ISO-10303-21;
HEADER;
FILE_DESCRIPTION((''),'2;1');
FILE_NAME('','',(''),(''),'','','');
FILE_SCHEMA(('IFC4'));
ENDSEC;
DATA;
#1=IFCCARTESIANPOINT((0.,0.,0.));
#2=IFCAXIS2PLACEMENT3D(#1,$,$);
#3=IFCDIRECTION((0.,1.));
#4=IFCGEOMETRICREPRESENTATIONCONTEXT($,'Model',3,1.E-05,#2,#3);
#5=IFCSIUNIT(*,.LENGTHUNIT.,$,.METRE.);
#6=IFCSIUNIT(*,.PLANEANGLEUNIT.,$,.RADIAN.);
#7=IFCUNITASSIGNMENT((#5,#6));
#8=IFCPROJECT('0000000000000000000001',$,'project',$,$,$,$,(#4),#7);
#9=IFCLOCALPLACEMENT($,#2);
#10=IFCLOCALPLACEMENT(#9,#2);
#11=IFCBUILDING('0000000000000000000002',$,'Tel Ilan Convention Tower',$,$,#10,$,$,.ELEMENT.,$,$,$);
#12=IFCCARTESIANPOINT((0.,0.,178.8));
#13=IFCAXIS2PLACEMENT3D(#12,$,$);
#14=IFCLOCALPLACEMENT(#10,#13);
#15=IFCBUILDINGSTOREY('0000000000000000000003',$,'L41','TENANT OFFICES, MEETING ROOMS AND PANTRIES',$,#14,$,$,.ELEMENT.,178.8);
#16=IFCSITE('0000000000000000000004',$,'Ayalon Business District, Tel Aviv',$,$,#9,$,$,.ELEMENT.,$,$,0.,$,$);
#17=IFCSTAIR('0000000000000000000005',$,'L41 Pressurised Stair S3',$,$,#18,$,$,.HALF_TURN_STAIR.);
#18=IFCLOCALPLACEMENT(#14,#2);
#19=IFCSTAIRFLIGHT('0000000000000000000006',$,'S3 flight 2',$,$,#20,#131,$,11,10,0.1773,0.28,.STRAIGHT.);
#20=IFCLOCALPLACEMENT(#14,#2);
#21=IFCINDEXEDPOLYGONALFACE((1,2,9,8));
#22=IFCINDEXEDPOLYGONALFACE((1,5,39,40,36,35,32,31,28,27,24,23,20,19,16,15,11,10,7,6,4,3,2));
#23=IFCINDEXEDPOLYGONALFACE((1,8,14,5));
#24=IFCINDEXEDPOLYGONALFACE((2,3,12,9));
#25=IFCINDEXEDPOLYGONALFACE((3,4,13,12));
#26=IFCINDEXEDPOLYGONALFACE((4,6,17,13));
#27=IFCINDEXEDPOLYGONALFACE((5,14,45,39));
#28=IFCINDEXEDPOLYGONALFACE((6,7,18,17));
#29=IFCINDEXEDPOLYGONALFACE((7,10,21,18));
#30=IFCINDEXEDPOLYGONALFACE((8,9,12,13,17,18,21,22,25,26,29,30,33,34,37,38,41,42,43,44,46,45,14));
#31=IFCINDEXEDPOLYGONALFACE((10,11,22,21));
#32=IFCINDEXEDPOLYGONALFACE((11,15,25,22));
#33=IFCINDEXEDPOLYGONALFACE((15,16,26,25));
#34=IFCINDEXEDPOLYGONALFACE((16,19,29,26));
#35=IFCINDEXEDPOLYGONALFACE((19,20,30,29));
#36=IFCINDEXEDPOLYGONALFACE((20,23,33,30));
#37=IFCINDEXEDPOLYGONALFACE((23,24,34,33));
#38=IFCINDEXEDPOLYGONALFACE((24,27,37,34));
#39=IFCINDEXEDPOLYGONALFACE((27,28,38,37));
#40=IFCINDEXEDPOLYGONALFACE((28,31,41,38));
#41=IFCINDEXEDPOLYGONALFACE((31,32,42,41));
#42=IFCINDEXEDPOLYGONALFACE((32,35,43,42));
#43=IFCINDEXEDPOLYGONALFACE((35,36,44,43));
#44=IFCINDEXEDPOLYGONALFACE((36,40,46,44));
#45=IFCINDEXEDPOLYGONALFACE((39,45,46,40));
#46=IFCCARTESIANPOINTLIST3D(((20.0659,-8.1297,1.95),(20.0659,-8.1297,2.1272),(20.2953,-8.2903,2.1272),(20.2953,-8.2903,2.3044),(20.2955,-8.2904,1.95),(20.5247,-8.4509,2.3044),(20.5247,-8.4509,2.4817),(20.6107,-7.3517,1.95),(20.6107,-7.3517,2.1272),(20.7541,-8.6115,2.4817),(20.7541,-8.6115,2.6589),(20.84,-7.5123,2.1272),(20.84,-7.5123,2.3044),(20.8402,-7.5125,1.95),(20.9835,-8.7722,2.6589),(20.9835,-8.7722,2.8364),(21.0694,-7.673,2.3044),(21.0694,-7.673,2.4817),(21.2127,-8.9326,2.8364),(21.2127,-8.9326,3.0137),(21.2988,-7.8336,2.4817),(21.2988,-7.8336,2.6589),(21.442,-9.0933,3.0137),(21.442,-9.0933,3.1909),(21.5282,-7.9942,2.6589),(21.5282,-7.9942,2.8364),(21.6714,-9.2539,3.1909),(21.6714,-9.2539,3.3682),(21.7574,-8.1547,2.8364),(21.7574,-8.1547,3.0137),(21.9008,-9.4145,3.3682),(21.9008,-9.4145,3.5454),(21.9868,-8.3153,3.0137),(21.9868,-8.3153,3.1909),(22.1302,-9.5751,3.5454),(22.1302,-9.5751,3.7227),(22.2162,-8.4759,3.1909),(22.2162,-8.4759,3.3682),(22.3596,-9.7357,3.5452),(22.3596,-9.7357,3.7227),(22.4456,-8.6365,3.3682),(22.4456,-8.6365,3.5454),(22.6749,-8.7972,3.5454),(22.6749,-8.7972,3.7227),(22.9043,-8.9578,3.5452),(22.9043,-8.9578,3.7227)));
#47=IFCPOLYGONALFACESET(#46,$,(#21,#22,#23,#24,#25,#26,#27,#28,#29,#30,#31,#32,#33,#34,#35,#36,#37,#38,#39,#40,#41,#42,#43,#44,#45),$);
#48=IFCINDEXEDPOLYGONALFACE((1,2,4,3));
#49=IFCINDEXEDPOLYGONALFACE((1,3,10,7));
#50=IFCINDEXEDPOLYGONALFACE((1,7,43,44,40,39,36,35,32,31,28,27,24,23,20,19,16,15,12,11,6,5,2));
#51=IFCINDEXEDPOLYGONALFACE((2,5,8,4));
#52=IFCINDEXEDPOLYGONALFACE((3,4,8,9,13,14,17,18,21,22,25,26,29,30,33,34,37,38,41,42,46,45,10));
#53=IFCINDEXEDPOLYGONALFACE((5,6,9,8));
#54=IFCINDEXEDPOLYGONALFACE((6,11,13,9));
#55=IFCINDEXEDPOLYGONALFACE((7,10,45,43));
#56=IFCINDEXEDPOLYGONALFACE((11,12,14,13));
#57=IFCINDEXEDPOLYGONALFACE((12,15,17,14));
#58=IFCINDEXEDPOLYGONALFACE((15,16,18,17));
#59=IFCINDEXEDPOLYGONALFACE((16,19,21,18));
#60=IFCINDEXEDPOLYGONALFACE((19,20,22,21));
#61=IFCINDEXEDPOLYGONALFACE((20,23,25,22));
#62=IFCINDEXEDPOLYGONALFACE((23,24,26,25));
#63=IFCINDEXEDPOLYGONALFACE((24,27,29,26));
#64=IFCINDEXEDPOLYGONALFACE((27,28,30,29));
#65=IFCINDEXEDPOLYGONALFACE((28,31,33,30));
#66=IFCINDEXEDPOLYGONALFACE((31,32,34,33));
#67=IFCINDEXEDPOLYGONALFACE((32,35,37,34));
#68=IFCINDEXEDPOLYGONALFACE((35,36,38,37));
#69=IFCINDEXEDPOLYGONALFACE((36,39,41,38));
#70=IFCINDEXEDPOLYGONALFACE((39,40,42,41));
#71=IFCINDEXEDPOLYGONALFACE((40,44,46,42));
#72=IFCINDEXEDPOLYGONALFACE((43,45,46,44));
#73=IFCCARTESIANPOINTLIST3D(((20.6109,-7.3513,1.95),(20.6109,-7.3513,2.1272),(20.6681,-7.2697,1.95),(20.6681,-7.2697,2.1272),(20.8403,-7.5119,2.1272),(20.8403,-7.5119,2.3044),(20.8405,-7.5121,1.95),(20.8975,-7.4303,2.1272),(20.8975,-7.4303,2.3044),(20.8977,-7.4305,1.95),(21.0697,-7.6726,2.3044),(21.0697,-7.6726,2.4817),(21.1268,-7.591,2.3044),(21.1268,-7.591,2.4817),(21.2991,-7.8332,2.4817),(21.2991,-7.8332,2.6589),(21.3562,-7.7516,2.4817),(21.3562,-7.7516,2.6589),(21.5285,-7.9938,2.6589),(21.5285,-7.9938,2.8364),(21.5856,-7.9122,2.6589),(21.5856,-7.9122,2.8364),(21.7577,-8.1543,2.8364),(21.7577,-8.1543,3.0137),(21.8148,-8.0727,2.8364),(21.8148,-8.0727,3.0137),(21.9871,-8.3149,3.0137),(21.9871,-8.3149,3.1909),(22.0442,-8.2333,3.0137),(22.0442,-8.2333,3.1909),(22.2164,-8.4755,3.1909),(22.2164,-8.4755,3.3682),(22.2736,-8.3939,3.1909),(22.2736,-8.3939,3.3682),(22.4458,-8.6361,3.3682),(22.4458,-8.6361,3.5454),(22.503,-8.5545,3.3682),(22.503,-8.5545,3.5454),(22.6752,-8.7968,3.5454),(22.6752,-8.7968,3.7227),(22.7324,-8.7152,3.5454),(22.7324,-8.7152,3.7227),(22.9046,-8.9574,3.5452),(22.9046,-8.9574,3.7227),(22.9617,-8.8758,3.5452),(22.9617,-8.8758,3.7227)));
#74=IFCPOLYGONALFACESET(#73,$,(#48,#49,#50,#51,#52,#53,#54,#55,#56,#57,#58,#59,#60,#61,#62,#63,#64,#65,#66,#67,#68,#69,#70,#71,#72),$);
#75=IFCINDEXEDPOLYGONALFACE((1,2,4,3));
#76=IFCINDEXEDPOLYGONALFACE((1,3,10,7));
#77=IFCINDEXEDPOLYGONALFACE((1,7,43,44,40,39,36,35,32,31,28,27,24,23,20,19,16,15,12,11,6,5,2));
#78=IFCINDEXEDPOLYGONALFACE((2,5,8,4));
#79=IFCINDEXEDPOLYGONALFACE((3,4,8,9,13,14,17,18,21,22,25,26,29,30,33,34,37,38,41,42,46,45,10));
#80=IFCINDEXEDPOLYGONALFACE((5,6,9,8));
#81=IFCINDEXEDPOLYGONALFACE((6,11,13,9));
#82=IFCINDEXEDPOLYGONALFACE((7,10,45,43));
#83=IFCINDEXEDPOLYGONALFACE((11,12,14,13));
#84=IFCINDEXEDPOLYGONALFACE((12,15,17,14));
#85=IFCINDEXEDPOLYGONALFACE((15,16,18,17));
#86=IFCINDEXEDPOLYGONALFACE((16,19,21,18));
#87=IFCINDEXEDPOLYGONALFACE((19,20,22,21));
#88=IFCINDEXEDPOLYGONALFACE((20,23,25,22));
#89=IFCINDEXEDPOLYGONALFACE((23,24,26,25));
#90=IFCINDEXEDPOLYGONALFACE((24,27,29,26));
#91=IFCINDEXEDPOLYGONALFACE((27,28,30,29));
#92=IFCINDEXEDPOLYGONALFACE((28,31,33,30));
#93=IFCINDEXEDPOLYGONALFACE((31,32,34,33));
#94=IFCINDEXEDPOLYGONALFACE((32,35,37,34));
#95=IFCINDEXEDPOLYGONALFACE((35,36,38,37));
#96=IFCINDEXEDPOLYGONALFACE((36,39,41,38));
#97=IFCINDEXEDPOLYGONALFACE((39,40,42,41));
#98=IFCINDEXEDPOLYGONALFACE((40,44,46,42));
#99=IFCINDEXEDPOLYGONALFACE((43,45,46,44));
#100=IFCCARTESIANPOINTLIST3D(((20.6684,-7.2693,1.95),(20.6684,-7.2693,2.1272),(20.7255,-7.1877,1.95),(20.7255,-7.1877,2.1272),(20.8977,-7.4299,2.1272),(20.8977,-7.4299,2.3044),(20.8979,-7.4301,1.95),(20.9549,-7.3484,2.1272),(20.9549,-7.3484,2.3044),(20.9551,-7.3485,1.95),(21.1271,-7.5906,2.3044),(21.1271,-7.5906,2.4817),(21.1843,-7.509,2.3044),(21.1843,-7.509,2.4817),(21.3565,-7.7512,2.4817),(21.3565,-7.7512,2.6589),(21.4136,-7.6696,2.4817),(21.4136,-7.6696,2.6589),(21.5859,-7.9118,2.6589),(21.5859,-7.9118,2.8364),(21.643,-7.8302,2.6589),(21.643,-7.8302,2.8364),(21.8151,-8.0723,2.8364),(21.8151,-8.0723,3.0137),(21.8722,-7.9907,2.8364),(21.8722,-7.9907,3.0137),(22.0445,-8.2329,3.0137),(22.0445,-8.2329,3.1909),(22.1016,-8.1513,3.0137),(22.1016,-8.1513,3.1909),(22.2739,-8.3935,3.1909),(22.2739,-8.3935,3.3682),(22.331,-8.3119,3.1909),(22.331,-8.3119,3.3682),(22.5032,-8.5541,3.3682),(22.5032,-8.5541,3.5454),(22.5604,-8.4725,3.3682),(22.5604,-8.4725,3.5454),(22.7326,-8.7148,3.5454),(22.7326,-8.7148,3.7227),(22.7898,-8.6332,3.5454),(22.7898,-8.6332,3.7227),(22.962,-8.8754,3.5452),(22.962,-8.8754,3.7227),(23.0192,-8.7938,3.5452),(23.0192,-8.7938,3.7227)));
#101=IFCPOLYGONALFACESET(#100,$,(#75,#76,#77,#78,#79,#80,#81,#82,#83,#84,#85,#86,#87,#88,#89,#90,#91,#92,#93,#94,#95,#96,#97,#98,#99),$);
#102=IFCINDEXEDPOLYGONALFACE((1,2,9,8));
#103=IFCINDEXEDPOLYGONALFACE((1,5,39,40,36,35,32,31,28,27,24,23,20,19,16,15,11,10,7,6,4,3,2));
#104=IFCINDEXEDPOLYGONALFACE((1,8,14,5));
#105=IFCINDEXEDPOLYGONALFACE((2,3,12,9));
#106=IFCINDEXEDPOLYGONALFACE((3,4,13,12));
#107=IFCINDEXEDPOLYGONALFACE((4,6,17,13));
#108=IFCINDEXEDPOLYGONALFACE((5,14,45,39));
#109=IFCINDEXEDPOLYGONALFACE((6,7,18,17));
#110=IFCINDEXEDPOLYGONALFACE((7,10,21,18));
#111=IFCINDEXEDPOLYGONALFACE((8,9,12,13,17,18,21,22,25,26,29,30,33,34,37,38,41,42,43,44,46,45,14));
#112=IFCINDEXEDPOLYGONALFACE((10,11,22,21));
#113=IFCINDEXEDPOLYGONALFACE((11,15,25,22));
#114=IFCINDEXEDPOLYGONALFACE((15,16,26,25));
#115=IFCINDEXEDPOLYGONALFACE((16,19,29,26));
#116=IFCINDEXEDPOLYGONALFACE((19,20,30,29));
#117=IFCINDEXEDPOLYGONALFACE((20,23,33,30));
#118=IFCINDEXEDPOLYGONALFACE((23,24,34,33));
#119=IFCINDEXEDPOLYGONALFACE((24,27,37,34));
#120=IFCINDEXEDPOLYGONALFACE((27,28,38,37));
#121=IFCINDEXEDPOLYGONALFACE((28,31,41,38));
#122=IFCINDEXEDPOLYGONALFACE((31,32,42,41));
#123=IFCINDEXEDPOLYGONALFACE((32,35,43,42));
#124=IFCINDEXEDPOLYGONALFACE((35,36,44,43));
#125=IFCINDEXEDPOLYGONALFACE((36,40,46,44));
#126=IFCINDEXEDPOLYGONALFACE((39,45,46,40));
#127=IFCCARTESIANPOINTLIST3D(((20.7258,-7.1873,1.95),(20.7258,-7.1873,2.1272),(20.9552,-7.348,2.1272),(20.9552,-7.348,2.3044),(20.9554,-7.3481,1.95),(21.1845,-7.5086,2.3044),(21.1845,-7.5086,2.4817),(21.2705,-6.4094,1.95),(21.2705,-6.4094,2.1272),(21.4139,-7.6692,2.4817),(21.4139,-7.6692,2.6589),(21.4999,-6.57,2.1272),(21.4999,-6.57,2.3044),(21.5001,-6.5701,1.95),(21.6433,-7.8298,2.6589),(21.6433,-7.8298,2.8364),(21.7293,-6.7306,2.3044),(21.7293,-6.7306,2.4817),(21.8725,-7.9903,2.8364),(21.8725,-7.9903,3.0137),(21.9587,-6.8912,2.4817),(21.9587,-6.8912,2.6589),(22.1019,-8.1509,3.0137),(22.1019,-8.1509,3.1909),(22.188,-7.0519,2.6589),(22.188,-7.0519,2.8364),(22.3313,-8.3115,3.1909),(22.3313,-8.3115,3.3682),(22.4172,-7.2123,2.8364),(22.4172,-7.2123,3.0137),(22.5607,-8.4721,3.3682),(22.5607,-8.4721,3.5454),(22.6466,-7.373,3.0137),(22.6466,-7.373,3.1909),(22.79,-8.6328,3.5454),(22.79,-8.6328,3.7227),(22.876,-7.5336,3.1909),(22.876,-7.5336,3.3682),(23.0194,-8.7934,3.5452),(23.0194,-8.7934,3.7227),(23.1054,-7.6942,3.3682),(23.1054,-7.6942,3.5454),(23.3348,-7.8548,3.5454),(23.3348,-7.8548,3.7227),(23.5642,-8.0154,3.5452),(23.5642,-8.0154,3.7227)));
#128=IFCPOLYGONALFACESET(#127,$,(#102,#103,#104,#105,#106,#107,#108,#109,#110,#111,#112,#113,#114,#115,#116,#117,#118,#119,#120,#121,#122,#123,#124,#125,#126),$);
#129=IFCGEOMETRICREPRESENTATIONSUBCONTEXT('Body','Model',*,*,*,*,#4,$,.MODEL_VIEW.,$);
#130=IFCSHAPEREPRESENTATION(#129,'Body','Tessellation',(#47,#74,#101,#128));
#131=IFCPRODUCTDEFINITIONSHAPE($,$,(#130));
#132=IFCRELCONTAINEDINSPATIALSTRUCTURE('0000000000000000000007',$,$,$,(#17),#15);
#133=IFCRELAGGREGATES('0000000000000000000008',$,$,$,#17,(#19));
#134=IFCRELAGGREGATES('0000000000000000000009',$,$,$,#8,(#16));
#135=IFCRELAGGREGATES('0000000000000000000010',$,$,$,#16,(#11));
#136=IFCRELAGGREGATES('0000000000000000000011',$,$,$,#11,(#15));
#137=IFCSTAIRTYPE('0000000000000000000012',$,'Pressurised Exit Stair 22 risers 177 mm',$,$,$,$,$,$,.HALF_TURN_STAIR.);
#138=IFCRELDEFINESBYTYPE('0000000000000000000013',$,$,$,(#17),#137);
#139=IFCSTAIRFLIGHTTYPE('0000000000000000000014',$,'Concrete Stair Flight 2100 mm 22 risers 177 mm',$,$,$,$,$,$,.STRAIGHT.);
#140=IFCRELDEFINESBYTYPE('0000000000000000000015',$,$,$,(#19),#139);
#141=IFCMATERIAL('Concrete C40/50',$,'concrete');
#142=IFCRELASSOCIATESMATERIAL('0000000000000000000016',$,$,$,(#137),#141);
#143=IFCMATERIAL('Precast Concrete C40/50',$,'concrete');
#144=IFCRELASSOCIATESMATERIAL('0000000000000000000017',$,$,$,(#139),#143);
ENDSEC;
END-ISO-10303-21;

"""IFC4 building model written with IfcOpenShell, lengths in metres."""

from ifc_helpers import new_model, si_unit, direction, frame, origin, place, context, subcontext, project, spatial, polyline, outline, extrude, material, type_object, element, aggregate, save


model = new_model("IFC4")

# Units and contexts
model_context = context("Model", 3, precision=1e-05, world=origin(), true_north=direction((0.0, 1.0)))
body_context = subcontext(model_context, "Body", "Model", "MODEL_VIEW")
ifc_project = project(units=[si_unit("LENGTHUNIT", "METRE"), si_unit("PLANEANGLEUNIT", "RADIAN")], contexts=[model_context])

# Site, building, storey
site_placement = place(None, origin())
site = spatial("IfcSite", under=ifc_project, at=site_placement, Name="Ayalon Business District, Tel Aviv", CompositionType="ELEMENT", RefElevation=0.0)
building_placement = place(site_placement, origin())
building = spatial("IfcBuilding", under=site, at=building_placement, Name="Tel Ilan Convention Tower", CompositionType="ELEMENT")
storey_placement = place(building_placement, frame((0.0, 0.0, 178.8)))
storey = spatial("IfcBuildingStorey", under=building, at=storey_placement, Name="L41", Description="TENANT OFFICES, MEETING ROOMS AND PANTRIES", CompositionType="ELEMENT", Elevation=178.8)

# Stair, stair flight
ifc_material_1 = material(Name="Concrete C40/50", Category="concrete")
stair_type = type_object("IfcStairType", Name="Pressurised Exit Stair 22 risers 177 mm", PredefinedType="HALF_TURN_STAIR", material=ifc_material_1)
stair_1_placement = place(storey_placement, origin())
stair_1 = element("IfcStair", 1, at=stair_1_placement, inside=storey, type_object=stair_type, Name="L41 Pressurised Stair S3", PredefinedType="HALF_TURN_STAIR")
ifc_material_2 = material(Name="Precast Concrete C40/50", Category="concrete")
stair_flight_type = type_object("IfcStairFlightType", Name="Concrete Stair Flight 2100 mm 22 risers 177 mm", PredefinedType="STRAIGHT", material=ifc_material_2)
stair_flight_1_placement = place(storey_placement, frame((20.6682, -7.2695, 1.95), z_axis=(0.0, 0.0, 1.0), x_axis=(0.819152, -0.573576, 0.0)))
stair_flight_1 = element("IfcStairFlight", 2, at=stair_flight_1_placement, type_object=stair_flight_type, Name="S3 flight 2", NumberOfRisers=11, NumberOfTreads=10, PredefinedType="STRAIGHT", RiserHeight=0.1773, TreadLength=0.28, context=body_context, shape_type="SweptSolid", body=[
    extrude(outline(polyline([(0.0, 0.0), (0.0, 0.1772), (0.28, 0.1772), (0.28, 0.3545), (0.5601, 0.3545), (0.5601, 0.5317), (0.8401, 0.5317), (0.8401, 0.709), (1.1201, 0.709), (1.1201, 0.8865), (1.3999, 0.8865), (1.3999, 1.0637), (1.6799, 1.0637), (1.6799, 1.241), (1.96, 1.241), (1.96, 1.4182), (2.24, 1.4182), (2.24, 1.5955), (2.52, 1.5955), (2.52, 1.7727), (2.8, 1.7727), (2.8, 1.95), (2.8, 1.5952), (0.2803, 0.0), (0.0, 0.0)])), frame((0.0, -0.1003, 0.0), z_axis=(0.0, -1.0, 0.0), x_axis=(1.0, 0.0, 0.0)), (0.0, 0.0, 1.0), 0.9497),
    extrude(outline(polyline([(0.0, 0.0), (0.0, 0.1772), (0.28, 0.1772), (0.28, 0.3545), (0.5601, 0.3545), (0.5601, 0.5317), (0.8401, 0.5317), (0.8401, 0.709), (1.1201, 0.709), (1.1201, 0.8865), (1.3999, 0.8865), (1.3999, 1.0637), (1.6799, 1.0637), (1.6799, 1.241), (1.96, 1.241), (1.96, 1.4182), (2.24, 1.4182), (2.24, 1.5955), (2.52, 1.5955), (2.52, 1.7727), (2.8, 1.7727), (2.8, 1.95), (2.8, 1.5952), (0.2803, 0.0), (0.0, 0.0)])), frame((0.0, -0.0002, 0.0), z_axis=(0.0, -1.0, 0.0), x_axis=(1.0, 0.0, 0.0)), (0.0, 0.0, 1.0), 0.0996),
    extrude(outline(polyline([(0.0, 0.0), (0.0, 0.1772), (0.28, 0.1772), (0.28, 0.3545), (0.5601, 0.3545), (0.5601, 0.5317), (0.8401, 0.5317), (0.8401, 0.709), (1.1201, 0.709), (1.1201, 0.8865), (1.3999, 0.8865), (1.3999, 1.0637), (1.6799, 1.0637), (1.6799, 1.241), (1.96, 1.241), (1.96, 1.4182), (2.24, 1.4182), (2.24, 1.5955), (2.52, 1.5955), (2.52, 1.7727), (2.8, 1.7727), (2.8, 1.95), (2.8, 1.5952), (0.2803, 0.0), (0.0, 0.0)])), frame((0.0, 0.0999, 0.0), z_axis=(0.0, -1.0, 0.0), x_axis=(1.0, 0.0, 0.0)), (0.0, 0.0, 1.0), 0.0996),
    extrude(outline(polyline([(0.0, 0.0), (0.0, 0.1772), (0.28, 0.1772), (0.28, 0.3545), (0.5601, 0.3545), (0.5601, 0.5317), (0.8401, 0.5317), (0.8401, 0.709), (1.1201, 0.709), (1.1201, 0.8865), (1.3999, 0.8865), (1.3999, 1.0637), (1.6799, 1.0637), (1.6799, 1.241), (1.96, 1.241), (1.96, 1.4182), (2.24, 1.4182), (2.24, 1.5955), (2.52, 1.5955), (2.52, 1.7727), (2.8, 1.7727), (2.8, 1.95), (2.8, 1.5952), (0.2803, 0.0), (0.0, 0.0)])), frame((0.0, 1.05, 0.0), z_axis=(0.0, -1.0, 0.0), x_axis=(1.0, 0.0, 0.0)), (0.0, 0.0, 1.0), 0.9497),
])
aggregate(stair_1, [stair_flight_1])

save(model, "model.ifc")
